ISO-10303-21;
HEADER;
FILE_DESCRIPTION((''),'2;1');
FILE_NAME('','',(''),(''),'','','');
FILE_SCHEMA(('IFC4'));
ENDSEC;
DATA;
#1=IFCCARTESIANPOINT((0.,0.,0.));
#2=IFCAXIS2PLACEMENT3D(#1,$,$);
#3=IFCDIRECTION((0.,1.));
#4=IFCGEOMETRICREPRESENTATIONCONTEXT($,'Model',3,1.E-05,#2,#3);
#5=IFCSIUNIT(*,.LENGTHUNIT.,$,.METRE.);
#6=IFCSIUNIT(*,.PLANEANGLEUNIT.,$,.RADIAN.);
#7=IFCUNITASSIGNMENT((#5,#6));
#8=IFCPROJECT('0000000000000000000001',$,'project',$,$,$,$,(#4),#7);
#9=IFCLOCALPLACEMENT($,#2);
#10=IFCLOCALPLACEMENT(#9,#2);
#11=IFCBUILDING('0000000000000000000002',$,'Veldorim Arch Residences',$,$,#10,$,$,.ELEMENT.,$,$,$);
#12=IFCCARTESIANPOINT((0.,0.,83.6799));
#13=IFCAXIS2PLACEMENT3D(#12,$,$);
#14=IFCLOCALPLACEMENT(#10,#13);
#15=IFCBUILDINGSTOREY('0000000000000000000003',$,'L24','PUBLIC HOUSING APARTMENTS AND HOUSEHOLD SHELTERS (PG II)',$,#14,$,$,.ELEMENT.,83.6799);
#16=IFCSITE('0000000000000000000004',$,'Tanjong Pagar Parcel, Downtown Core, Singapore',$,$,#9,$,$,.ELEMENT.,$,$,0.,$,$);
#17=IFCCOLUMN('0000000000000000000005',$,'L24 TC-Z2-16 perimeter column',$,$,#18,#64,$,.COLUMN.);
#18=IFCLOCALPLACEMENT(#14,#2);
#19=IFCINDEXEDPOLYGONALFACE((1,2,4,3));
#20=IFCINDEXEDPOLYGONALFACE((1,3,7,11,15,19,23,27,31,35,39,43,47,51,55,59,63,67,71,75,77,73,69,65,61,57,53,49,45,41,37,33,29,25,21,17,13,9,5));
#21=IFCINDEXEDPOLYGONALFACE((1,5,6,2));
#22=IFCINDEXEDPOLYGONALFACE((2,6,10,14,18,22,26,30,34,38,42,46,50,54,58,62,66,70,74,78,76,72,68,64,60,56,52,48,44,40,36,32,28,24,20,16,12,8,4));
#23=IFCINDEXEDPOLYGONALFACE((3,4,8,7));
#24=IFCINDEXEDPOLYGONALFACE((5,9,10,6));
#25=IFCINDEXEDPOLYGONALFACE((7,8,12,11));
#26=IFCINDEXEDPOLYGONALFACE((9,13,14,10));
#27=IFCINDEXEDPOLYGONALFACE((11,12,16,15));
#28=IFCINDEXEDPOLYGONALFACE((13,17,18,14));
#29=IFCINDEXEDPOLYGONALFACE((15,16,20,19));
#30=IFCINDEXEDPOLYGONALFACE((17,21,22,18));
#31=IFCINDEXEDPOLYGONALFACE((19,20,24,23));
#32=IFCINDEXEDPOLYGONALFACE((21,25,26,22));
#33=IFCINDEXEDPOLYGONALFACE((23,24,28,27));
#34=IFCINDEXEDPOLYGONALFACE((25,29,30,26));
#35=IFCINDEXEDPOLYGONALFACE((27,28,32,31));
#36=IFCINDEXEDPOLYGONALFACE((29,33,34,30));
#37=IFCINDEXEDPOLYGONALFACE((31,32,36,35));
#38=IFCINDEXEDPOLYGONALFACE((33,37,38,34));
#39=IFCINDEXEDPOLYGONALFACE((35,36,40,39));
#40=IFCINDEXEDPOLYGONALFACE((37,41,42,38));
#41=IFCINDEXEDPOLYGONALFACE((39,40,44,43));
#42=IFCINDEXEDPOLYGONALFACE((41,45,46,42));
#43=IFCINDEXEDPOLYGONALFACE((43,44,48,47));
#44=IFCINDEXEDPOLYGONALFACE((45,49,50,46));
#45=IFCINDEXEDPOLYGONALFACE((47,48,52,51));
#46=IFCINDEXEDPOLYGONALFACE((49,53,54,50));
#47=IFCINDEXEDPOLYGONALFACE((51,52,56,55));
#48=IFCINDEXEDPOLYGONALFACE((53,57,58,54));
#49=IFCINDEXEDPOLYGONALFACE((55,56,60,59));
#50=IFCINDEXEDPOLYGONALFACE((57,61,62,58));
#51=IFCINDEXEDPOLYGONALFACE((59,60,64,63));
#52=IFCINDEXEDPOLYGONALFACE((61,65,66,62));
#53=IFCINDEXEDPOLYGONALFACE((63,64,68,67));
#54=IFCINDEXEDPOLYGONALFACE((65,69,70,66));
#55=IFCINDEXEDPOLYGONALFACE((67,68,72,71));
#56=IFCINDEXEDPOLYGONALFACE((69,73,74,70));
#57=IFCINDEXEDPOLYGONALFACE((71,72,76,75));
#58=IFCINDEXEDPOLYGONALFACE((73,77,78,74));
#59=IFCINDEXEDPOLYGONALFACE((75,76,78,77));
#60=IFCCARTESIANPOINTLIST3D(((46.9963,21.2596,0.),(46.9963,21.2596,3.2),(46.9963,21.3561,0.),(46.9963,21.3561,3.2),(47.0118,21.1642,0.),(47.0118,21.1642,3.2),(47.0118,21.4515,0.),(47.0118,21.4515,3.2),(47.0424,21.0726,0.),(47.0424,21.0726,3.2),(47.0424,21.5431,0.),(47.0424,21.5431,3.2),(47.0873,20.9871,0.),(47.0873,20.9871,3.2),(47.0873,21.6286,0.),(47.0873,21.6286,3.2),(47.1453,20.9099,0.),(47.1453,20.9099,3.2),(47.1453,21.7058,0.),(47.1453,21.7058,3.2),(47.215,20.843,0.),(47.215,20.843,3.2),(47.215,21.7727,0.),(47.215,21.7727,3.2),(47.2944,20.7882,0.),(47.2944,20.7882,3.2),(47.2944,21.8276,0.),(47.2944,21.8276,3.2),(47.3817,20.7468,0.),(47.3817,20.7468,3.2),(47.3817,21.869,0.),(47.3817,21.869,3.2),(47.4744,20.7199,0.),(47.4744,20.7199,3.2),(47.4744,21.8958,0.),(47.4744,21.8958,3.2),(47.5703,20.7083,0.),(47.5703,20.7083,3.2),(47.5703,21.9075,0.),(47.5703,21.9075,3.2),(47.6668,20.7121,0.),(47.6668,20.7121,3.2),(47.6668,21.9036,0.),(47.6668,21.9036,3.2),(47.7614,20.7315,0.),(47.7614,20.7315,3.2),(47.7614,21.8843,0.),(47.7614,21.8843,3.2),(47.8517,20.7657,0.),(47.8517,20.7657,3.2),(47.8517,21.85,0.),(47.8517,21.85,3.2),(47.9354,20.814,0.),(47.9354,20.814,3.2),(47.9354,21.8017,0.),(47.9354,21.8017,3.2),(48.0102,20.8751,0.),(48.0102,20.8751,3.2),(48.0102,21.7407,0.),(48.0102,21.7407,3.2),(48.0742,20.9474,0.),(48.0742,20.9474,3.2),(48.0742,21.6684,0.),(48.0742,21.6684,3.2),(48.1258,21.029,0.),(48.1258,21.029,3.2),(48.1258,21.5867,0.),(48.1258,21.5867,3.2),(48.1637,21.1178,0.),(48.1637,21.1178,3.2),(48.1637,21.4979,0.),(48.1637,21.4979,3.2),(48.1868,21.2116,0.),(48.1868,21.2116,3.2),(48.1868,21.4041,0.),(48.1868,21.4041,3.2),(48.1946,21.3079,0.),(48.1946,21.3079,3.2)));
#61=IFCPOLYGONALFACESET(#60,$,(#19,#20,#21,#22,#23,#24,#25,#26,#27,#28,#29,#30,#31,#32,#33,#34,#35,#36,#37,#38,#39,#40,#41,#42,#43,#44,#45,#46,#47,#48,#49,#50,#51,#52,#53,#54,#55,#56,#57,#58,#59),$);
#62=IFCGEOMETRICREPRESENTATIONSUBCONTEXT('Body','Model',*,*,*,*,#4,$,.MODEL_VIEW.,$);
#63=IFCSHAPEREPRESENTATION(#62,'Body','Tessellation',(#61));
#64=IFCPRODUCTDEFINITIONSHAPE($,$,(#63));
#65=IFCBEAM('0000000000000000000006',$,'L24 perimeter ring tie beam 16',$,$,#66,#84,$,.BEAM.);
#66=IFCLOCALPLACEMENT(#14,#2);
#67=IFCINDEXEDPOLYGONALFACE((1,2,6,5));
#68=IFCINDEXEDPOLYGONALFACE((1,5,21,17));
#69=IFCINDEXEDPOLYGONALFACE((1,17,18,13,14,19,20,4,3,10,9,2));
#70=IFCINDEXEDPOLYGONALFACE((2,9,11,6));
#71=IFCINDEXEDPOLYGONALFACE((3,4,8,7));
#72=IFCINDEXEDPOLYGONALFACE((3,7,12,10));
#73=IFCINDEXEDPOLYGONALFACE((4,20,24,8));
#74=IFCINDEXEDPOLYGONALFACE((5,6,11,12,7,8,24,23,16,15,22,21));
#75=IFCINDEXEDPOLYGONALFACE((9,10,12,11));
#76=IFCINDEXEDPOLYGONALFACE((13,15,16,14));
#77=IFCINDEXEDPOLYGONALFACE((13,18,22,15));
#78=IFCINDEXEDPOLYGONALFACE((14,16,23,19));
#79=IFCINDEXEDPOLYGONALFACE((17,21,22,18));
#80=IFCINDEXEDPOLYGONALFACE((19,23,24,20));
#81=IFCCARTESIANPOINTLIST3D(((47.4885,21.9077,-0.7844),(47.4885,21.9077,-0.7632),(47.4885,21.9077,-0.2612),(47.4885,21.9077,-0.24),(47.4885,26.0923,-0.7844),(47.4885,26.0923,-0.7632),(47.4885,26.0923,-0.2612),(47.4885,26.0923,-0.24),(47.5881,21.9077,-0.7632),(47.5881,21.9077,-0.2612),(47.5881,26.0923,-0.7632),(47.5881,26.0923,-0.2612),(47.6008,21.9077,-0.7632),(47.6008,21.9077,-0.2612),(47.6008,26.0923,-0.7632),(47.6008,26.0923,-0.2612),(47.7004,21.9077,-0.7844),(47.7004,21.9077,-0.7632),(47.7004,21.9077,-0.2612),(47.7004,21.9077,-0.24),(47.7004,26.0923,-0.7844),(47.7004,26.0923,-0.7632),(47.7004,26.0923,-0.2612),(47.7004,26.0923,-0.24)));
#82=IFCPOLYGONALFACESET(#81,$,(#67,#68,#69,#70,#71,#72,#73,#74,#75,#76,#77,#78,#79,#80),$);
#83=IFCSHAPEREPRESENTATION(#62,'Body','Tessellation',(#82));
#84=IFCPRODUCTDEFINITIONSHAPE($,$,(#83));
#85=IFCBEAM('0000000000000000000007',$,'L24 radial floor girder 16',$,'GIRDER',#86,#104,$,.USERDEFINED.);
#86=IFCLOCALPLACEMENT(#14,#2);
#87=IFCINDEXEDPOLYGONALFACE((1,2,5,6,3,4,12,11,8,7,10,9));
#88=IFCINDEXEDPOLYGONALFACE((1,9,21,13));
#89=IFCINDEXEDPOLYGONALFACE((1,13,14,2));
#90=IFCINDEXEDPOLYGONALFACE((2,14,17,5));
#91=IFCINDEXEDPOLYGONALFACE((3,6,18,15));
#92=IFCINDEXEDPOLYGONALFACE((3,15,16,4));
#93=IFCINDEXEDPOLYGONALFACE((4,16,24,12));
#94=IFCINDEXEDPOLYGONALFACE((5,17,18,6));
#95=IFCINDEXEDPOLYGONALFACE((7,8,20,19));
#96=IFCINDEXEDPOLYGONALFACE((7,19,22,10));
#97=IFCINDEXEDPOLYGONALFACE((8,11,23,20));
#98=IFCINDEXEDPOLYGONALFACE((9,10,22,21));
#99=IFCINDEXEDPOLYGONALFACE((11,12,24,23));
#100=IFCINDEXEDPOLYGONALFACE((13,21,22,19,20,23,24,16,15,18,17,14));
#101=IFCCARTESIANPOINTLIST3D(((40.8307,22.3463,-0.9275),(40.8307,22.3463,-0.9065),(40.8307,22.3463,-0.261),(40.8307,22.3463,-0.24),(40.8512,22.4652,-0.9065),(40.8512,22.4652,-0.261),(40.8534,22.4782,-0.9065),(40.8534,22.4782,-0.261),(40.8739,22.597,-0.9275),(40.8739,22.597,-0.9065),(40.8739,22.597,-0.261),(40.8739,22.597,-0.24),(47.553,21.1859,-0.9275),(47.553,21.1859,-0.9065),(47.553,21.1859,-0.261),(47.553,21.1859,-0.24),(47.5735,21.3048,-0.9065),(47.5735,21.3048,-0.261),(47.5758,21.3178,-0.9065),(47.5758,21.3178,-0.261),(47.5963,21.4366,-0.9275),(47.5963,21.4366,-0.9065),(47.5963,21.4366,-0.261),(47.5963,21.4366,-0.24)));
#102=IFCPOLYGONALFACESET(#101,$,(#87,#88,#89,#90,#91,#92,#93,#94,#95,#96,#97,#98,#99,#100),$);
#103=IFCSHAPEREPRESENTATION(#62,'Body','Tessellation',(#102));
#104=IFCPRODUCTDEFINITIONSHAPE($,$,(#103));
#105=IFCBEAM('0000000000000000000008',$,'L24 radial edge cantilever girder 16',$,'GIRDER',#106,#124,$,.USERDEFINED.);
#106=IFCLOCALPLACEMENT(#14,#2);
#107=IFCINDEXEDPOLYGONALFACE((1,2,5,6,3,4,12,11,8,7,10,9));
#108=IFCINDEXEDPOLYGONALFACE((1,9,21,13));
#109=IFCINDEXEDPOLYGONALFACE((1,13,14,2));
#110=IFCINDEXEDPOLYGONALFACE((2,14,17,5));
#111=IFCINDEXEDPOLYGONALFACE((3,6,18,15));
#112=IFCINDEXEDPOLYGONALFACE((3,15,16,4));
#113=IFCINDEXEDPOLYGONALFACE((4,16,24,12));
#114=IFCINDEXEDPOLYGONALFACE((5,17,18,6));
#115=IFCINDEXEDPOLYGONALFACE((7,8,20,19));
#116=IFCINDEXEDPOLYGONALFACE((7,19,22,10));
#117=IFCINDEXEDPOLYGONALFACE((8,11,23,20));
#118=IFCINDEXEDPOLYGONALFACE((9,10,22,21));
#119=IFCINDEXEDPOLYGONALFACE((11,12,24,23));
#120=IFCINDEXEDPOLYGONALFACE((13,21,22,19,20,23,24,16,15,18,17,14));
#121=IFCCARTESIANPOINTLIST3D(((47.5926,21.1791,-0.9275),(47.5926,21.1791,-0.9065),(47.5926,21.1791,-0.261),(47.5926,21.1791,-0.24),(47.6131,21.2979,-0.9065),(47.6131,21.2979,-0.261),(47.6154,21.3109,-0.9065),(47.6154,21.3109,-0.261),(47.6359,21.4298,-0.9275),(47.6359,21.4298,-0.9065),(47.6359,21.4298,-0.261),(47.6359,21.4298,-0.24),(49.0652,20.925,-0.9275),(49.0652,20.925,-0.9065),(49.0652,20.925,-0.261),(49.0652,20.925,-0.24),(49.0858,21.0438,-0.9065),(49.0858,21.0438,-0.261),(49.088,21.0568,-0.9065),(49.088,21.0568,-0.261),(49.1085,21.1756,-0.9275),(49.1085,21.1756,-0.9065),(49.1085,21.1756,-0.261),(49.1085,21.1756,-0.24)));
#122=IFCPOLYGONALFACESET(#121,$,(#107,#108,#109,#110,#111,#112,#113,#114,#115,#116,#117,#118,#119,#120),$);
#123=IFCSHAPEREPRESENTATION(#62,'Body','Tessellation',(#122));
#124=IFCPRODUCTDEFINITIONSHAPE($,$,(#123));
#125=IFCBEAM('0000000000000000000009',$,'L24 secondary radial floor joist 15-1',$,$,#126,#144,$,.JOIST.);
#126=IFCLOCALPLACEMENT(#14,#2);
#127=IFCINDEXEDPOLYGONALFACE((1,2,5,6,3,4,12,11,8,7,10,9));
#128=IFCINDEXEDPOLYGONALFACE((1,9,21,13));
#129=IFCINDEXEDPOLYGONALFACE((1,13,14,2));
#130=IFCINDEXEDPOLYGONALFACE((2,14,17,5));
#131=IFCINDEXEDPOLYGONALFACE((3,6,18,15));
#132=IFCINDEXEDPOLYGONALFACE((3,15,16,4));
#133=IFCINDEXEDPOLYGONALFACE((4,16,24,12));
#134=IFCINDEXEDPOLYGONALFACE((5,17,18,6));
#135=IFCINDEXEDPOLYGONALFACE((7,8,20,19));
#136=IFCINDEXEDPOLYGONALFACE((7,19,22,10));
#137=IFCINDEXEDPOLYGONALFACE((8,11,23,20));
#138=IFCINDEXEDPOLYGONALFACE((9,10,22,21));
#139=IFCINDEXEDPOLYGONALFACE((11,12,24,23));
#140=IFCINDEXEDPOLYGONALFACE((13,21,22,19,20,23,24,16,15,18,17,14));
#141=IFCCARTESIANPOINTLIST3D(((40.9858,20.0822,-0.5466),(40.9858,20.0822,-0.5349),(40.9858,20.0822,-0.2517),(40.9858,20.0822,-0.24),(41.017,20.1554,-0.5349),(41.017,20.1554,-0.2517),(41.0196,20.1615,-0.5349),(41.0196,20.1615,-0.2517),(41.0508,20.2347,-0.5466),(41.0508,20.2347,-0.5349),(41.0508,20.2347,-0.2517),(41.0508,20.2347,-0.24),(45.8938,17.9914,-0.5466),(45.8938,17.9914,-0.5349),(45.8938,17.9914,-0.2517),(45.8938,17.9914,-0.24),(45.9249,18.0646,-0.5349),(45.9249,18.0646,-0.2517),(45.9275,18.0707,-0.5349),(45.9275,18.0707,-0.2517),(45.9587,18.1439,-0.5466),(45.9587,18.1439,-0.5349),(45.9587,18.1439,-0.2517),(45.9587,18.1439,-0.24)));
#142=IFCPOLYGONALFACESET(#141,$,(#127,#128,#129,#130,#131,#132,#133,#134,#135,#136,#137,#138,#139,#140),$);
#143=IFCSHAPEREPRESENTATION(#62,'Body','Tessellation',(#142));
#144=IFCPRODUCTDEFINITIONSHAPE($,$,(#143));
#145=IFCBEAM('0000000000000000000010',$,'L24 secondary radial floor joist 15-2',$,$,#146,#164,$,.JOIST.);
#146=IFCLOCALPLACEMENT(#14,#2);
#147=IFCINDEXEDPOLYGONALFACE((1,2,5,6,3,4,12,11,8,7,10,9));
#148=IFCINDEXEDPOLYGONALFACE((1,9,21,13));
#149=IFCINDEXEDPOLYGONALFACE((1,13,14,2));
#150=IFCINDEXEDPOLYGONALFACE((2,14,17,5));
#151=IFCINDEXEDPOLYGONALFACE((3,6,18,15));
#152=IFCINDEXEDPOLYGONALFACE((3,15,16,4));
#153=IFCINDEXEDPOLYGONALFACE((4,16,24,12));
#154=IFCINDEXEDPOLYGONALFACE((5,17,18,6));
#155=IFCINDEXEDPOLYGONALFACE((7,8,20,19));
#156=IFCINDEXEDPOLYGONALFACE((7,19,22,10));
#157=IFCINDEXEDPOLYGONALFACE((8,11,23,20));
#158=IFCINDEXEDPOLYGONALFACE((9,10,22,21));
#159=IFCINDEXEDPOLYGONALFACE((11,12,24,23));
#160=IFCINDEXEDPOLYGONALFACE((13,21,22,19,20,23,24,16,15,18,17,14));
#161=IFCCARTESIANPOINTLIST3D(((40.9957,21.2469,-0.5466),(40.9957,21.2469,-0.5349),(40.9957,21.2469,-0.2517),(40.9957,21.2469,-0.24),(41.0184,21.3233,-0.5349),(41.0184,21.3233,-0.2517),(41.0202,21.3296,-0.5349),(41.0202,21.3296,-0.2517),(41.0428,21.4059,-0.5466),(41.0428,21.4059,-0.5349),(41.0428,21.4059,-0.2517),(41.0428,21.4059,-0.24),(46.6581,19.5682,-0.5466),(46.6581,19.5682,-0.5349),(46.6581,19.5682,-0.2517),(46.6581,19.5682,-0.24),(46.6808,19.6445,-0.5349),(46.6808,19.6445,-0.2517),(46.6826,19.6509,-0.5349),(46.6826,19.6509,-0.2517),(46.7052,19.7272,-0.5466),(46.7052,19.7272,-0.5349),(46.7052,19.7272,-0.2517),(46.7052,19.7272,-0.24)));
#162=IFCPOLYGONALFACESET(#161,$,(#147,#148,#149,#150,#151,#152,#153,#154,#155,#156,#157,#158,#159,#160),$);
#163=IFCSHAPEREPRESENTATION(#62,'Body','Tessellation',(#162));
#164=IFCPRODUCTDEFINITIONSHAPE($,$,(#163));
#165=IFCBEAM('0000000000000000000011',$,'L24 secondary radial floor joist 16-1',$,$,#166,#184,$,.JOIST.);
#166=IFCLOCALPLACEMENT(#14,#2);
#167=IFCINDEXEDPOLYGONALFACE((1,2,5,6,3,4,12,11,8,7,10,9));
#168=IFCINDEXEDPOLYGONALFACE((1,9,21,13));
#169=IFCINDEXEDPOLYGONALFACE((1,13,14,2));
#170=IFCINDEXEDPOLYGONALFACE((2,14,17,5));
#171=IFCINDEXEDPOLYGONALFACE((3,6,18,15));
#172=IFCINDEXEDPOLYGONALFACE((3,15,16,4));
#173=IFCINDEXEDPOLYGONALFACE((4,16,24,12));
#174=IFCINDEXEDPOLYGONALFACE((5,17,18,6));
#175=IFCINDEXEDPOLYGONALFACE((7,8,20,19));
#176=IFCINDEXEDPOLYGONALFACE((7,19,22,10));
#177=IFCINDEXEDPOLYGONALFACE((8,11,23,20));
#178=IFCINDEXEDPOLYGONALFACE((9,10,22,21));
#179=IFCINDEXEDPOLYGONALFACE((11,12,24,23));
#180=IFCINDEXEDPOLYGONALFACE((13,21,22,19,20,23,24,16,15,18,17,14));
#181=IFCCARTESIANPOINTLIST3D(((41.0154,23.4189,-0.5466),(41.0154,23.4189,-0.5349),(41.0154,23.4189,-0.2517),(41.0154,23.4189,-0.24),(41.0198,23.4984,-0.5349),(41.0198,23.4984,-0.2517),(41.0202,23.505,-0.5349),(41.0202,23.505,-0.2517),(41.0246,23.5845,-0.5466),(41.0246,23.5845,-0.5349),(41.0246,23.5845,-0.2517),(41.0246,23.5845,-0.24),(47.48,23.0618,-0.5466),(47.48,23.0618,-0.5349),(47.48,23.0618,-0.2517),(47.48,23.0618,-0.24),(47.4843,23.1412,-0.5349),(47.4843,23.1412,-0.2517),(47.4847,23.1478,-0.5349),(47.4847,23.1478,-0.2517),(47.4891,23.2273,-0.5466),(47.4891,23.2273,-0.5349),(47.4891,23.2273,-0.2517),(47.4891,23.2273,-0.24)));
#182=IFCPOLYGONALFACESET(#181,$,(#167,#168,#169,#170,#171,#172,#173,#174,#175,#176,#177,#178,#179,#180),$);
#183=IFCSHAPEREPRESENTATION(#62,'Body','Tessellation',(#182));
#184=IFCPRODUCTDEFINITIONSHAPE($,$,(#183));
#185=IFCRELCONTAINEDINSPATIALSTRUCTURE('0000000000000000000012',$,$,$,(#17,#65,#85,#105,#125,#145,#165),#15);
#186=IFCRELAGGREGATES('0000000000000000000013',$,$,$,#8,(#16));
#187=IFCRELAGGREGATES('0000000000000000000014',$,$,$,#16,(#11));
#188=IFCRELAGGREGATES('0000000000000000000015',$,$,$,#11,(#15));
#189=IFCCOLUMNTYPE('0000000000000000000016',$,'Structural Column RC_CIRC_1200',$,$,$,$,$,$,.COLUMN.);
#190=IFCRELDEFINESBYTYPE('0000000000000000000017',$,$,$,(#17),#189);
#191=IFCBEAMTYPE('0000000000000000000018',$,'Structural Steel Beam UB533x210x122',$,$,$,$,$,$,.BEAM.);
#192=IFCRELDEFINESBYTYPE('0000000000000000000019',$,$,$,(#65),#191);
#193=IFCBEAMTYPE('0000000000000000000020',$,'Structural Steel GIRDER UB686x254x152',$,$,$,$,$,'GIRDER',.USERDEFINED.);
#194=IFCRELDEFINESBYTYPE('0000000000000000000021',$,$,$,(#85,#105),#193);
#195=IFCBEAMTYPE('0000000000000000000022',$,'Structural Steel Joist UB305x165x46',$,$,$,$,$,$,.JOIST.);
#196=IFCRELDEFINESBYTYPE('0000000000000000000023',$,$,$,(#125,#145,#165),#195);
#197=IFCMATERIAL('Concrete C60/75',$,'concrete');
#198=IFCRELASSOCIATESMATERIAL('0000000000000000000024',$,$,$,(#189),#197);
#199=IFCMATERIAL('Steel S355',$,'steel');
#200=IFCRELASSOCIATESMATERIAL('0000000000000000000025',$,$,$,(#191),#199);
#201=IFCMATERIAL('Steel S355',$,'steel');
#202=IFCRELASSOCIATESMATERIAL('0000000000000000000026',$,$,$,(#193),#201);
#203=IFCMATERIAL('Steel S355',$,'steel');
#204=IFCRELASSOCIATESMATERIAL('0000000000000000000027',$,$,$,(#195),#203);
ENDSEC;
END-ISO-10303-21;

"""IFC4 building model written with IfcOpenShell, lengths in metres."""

from ifc_helpers import new_model, si_unit, direction, frame, origin, origin_2d, place, context, subcontext, project, spatial, circle, i_section, extrude, material, material_profile, profile_set, type_object, element, save


model = new_model("IFC4")

# Units and contexts
model_context = context("Model", 3, precision=1e-05, world=origin(), true_north=direction((0.0, 1.0)))
body_context = subcontext(model_context, "Body", "Model", "MODEL_VIEW")
ifc_project = project(units=[si_unit("LENGTHUNIT", "METRE"), si_unit("PLANEANGLEUNIT", "RADIAN")], contexts=[model_context])

# Site, building, storey
site_placement = place(None, origin())
site = spatial("IfcSite", under=ifc_project, at=site_placement, Name="Tanjong Pagar Parcel, Downtown Core, Singapore", CompositionType="ELEMENT", RefElevation=0.0)
building_placement = place(site_placement, origin())
building = spatial("IfcBuilding", under=site, at=building_placement, Name="Veldorim Arch Residences", CompositionType="ELEMENT")
storey_placement = place(building_placement, frame((0.0, 0.0, 83.6799)))
storey = spatial("IfcBuildingStorey", under=building, at=storey_placement, Name="L24", Description="PUBLIC HOUSING APARTMENTS AND HOUSEHOLD SHELTERS (PG II)", CompositionType="ELEMENT", Elevation=83.6799)

# Column
ifc_material_1 = material(Name="Concrete C60/75", Category="concrete")
ifc_material_profile_1 = material_profile(ifc_material_1, circle(Radius=0.6001, at=origin_2d()), Name="RC_CIRC_1200")
ifc_profile_set_1 = profile_set([ifc_material_profile_1], Name="Concrete C60/75")
column_type = type_object("IfcColumnType", Name="Structural Column RC_CIRC_1200", PredefinedType="COLUMN", material=ifc_profile_set_1)
column_placement = place(storey_placement, frame((47.5945, 21.3079, 0.0), z_axis=(0.0, 0.0, 1.0), x_axis=(1.0, 0.0, 0.0)))
element("IfcColumn", 1, at=column_placement, inside=storey, type_object=column_type, Name="L24 TC-Z2-16 perimeter column", PredefinedType="COLUMN", context=body_context, shape_type="SweptSolid", body=[
    extrude(circle(Radius=0.6001, at=origin_2d()), origin(), (0.0, 0.0, 1.0), 3.2),
])

# Beams
ifc_material_2 = material(Name="Steel S355", Category="steel")
ifc_material_profile_2 = material_profile(ifc_material_2, i_section(OverallWidth=0.2119, OverallDepth=0.5444, WebThickness=0.0127, FlangeThickness=0.0212, at=origin_2d()), Name="UB533x210x122")
ifc_profile_set_2 = profile_set([ifc_material_profile_2], Name="Steel S355")
beam_type_1 = type_object("IfcBeamType", Name="Structural Steel Beam UB533x210x122", PredefinedType="BEAM", material=ifc_profile_set_2)
beam_1_placement = place(storey_placement, frame((47.5945, 21.9077, -0.5122), z_axis=(0.0, 1.0, 0.0), x_axis=(-1.0, 0.0, 0.0)))
element("IfcBeam", 2, at=beam_1_placement, inside=storey, type_object=beam_type_1, Name="L24 perimeter ring tie beam 16", PredefinedType="BEAM", context=body_context, shape_type="SweptSolid", body=[
    extrude(i_section(OverallWidth=0.2119, OverallDepth=0.5444, WebThickness=0.0127, FlangeThickness=0.0212, at=origin_2d()), origin(), (0.0, 0.0, 1.0), 4.1846),
])
ifc_material_3 = material(Name="Steel S355", Category="steel")
ifc_material_profile_3 = material_profile(ifc_material_3, i_section(OverallWidth=0.2544, OverallDepth=0.6875, WebThickness=0.0132, FlangeThickness=0.021, at=origin_2d()), Name="UB686x254x152")
ifc_profile_set_3 = profile_set([ifc_material_profile_3], Name="Steel S355")
beam_type_2 = type_object("IfcBeamType", Name="Structural Steel GIRDER UB686x254x152", ElementType="GIRDER", PredefinedType="USERDEFINED", material=ifc_profile_set_3)
beam_2_placement = place(storey_placement, frame((40.8523, 22.4717, -0.5837), z_axis=(0.985427, -0.170101, 0.0), x_axis=(0.170101, 0.985427, 0.0)))
element("IfcBeam", 3, at=beam_2_placement, inside=storey, type_object=beam_type_2, Name="L24 radial floor girder 16", ObjectType="GIRDER", PredefinedType="USERDEFINED", context=body_context, shape_type="SweptSolid", body=[
    extrude(i_section(OverallWidth=0.2544, OverallDepth=0.6875, WebThickness=0.0132, FlangeThickness=0.021, at=origin_2d()), origin(), (0.0, 0.0, 1.0), 6.8218),
])
beam_3_placement = place(storey_placement, frame((47.6143, 21.3044, -0.5837), z_axis=(0.985433, -0.170066, 0.0), x_axis=(0.170066, 0.985433, 0.0)))
element("IfcBeam", 4, at=beam_3_placement, inside=storey, type_object=beam_type_2, Name="L24 radial edge cantilever girder 16", ObjectType="GIRDER", PredefinedType="USERDEFINED", context=body_context, shape_type="SweptSolid", body=[
    extrude(i_section(OverallWidth=0.2544, OverallDepth=0.6875, WebThickness=0.0132, FlangeThickness=0.021, at=origin_2d()), origin(), (0.0, 0.0, 1.0), 1.4944),
])
ifc_material_4 = material(Name="Steel S355", Category="steel")
ifc_material_profile_4 = material_profile(ifc_material_4, i_section(OverallWidth=0.1658, OverallDepth=0.3066, WebThickness=0.0066, FlangeThickness=0.0117, at=origin_2d()), Name="UB305x165x46")
ifc_profile_set_4 = profile_set([ifc_material_profile_4], Name="Steel S355")
beam_type_3 = type_object("IfcBeamType", Name="Structural Steel Joist UB305x165x46", PredefinedType="JOIST", material=ifc_profile_set_4)
beam_4_placement = place(storey_placement, frame((41.0183, 20.1584, -0.3933), z_axis=(0.919997, -0.391924, 0.0), x_axis=(0.391924, 0.919997, 0.0)))
element("IfcBeam", 5, at=beam_4_placement, inside=storey, type_object=beam_type_3, Name="L24 secondary radial floor joist 15-1", PredefinedType="JOIST", context=body_context, shape_type="SweptSolid", body=[
    extrude(i_section(OverallWidth=0.1658, OverallDepth=0.3066, WebThickness=0.0066, FlangeThickness=0.0117, at=origin_2d()), origin(), (0.0, 0.0, 1.0), 5.3347),
])
beam_5_placement = place(storey_placement, frame((41.0193, 21.3264, -0.3933), z_axis=(0.958753, -0.28424, 0.0), x_axis=(0.28424, 0.958753, 0.0)))
element("IfcBeam", 6, at=beam_5_placement, inside=storey, type_object=beam_type_3, Name="L24 secondary radial floor joist 15-2", PredefinedType="JOIST", context=body_context, shape_type="SweptSolid", body=[
    extrude(i_section(OverallWidth=0.1658, OverallDepth=0.3066, WebThickness=0.0066, FlangeThickness=0.0117, at=origin_2d()), origin(), (0.0, 0.0, 1.0), 5.906),
])
for number, where, z_axis, x_axis, name in (
    (7, (41.02, 23.5017, -0.3933), (0.998477, -0.055167, 0.0), (0.055167, 0.998477, 0.0), "L24 secondary radial floor joist 16-1"),
):
    element("IfcBeam", number, at=place(storey_placement, frame(where, z_axis=z_axis, x_axis=x_axis)), inside=storey, type_object=beam_type_3, Name=name, PredefinedType="JOIST", context=body_context, shape_type="SweptSolid", body=[
        extrude(i_section(OverallWidth=0.1658, OverallDepth=0.3066, WebThickness=0.0066, FlangeThickness=0.0117, at=origin_2d()), origin(), (0.0, 0.0, 1.0), 6.4744),
    ])

save(model, "model.ifc")
